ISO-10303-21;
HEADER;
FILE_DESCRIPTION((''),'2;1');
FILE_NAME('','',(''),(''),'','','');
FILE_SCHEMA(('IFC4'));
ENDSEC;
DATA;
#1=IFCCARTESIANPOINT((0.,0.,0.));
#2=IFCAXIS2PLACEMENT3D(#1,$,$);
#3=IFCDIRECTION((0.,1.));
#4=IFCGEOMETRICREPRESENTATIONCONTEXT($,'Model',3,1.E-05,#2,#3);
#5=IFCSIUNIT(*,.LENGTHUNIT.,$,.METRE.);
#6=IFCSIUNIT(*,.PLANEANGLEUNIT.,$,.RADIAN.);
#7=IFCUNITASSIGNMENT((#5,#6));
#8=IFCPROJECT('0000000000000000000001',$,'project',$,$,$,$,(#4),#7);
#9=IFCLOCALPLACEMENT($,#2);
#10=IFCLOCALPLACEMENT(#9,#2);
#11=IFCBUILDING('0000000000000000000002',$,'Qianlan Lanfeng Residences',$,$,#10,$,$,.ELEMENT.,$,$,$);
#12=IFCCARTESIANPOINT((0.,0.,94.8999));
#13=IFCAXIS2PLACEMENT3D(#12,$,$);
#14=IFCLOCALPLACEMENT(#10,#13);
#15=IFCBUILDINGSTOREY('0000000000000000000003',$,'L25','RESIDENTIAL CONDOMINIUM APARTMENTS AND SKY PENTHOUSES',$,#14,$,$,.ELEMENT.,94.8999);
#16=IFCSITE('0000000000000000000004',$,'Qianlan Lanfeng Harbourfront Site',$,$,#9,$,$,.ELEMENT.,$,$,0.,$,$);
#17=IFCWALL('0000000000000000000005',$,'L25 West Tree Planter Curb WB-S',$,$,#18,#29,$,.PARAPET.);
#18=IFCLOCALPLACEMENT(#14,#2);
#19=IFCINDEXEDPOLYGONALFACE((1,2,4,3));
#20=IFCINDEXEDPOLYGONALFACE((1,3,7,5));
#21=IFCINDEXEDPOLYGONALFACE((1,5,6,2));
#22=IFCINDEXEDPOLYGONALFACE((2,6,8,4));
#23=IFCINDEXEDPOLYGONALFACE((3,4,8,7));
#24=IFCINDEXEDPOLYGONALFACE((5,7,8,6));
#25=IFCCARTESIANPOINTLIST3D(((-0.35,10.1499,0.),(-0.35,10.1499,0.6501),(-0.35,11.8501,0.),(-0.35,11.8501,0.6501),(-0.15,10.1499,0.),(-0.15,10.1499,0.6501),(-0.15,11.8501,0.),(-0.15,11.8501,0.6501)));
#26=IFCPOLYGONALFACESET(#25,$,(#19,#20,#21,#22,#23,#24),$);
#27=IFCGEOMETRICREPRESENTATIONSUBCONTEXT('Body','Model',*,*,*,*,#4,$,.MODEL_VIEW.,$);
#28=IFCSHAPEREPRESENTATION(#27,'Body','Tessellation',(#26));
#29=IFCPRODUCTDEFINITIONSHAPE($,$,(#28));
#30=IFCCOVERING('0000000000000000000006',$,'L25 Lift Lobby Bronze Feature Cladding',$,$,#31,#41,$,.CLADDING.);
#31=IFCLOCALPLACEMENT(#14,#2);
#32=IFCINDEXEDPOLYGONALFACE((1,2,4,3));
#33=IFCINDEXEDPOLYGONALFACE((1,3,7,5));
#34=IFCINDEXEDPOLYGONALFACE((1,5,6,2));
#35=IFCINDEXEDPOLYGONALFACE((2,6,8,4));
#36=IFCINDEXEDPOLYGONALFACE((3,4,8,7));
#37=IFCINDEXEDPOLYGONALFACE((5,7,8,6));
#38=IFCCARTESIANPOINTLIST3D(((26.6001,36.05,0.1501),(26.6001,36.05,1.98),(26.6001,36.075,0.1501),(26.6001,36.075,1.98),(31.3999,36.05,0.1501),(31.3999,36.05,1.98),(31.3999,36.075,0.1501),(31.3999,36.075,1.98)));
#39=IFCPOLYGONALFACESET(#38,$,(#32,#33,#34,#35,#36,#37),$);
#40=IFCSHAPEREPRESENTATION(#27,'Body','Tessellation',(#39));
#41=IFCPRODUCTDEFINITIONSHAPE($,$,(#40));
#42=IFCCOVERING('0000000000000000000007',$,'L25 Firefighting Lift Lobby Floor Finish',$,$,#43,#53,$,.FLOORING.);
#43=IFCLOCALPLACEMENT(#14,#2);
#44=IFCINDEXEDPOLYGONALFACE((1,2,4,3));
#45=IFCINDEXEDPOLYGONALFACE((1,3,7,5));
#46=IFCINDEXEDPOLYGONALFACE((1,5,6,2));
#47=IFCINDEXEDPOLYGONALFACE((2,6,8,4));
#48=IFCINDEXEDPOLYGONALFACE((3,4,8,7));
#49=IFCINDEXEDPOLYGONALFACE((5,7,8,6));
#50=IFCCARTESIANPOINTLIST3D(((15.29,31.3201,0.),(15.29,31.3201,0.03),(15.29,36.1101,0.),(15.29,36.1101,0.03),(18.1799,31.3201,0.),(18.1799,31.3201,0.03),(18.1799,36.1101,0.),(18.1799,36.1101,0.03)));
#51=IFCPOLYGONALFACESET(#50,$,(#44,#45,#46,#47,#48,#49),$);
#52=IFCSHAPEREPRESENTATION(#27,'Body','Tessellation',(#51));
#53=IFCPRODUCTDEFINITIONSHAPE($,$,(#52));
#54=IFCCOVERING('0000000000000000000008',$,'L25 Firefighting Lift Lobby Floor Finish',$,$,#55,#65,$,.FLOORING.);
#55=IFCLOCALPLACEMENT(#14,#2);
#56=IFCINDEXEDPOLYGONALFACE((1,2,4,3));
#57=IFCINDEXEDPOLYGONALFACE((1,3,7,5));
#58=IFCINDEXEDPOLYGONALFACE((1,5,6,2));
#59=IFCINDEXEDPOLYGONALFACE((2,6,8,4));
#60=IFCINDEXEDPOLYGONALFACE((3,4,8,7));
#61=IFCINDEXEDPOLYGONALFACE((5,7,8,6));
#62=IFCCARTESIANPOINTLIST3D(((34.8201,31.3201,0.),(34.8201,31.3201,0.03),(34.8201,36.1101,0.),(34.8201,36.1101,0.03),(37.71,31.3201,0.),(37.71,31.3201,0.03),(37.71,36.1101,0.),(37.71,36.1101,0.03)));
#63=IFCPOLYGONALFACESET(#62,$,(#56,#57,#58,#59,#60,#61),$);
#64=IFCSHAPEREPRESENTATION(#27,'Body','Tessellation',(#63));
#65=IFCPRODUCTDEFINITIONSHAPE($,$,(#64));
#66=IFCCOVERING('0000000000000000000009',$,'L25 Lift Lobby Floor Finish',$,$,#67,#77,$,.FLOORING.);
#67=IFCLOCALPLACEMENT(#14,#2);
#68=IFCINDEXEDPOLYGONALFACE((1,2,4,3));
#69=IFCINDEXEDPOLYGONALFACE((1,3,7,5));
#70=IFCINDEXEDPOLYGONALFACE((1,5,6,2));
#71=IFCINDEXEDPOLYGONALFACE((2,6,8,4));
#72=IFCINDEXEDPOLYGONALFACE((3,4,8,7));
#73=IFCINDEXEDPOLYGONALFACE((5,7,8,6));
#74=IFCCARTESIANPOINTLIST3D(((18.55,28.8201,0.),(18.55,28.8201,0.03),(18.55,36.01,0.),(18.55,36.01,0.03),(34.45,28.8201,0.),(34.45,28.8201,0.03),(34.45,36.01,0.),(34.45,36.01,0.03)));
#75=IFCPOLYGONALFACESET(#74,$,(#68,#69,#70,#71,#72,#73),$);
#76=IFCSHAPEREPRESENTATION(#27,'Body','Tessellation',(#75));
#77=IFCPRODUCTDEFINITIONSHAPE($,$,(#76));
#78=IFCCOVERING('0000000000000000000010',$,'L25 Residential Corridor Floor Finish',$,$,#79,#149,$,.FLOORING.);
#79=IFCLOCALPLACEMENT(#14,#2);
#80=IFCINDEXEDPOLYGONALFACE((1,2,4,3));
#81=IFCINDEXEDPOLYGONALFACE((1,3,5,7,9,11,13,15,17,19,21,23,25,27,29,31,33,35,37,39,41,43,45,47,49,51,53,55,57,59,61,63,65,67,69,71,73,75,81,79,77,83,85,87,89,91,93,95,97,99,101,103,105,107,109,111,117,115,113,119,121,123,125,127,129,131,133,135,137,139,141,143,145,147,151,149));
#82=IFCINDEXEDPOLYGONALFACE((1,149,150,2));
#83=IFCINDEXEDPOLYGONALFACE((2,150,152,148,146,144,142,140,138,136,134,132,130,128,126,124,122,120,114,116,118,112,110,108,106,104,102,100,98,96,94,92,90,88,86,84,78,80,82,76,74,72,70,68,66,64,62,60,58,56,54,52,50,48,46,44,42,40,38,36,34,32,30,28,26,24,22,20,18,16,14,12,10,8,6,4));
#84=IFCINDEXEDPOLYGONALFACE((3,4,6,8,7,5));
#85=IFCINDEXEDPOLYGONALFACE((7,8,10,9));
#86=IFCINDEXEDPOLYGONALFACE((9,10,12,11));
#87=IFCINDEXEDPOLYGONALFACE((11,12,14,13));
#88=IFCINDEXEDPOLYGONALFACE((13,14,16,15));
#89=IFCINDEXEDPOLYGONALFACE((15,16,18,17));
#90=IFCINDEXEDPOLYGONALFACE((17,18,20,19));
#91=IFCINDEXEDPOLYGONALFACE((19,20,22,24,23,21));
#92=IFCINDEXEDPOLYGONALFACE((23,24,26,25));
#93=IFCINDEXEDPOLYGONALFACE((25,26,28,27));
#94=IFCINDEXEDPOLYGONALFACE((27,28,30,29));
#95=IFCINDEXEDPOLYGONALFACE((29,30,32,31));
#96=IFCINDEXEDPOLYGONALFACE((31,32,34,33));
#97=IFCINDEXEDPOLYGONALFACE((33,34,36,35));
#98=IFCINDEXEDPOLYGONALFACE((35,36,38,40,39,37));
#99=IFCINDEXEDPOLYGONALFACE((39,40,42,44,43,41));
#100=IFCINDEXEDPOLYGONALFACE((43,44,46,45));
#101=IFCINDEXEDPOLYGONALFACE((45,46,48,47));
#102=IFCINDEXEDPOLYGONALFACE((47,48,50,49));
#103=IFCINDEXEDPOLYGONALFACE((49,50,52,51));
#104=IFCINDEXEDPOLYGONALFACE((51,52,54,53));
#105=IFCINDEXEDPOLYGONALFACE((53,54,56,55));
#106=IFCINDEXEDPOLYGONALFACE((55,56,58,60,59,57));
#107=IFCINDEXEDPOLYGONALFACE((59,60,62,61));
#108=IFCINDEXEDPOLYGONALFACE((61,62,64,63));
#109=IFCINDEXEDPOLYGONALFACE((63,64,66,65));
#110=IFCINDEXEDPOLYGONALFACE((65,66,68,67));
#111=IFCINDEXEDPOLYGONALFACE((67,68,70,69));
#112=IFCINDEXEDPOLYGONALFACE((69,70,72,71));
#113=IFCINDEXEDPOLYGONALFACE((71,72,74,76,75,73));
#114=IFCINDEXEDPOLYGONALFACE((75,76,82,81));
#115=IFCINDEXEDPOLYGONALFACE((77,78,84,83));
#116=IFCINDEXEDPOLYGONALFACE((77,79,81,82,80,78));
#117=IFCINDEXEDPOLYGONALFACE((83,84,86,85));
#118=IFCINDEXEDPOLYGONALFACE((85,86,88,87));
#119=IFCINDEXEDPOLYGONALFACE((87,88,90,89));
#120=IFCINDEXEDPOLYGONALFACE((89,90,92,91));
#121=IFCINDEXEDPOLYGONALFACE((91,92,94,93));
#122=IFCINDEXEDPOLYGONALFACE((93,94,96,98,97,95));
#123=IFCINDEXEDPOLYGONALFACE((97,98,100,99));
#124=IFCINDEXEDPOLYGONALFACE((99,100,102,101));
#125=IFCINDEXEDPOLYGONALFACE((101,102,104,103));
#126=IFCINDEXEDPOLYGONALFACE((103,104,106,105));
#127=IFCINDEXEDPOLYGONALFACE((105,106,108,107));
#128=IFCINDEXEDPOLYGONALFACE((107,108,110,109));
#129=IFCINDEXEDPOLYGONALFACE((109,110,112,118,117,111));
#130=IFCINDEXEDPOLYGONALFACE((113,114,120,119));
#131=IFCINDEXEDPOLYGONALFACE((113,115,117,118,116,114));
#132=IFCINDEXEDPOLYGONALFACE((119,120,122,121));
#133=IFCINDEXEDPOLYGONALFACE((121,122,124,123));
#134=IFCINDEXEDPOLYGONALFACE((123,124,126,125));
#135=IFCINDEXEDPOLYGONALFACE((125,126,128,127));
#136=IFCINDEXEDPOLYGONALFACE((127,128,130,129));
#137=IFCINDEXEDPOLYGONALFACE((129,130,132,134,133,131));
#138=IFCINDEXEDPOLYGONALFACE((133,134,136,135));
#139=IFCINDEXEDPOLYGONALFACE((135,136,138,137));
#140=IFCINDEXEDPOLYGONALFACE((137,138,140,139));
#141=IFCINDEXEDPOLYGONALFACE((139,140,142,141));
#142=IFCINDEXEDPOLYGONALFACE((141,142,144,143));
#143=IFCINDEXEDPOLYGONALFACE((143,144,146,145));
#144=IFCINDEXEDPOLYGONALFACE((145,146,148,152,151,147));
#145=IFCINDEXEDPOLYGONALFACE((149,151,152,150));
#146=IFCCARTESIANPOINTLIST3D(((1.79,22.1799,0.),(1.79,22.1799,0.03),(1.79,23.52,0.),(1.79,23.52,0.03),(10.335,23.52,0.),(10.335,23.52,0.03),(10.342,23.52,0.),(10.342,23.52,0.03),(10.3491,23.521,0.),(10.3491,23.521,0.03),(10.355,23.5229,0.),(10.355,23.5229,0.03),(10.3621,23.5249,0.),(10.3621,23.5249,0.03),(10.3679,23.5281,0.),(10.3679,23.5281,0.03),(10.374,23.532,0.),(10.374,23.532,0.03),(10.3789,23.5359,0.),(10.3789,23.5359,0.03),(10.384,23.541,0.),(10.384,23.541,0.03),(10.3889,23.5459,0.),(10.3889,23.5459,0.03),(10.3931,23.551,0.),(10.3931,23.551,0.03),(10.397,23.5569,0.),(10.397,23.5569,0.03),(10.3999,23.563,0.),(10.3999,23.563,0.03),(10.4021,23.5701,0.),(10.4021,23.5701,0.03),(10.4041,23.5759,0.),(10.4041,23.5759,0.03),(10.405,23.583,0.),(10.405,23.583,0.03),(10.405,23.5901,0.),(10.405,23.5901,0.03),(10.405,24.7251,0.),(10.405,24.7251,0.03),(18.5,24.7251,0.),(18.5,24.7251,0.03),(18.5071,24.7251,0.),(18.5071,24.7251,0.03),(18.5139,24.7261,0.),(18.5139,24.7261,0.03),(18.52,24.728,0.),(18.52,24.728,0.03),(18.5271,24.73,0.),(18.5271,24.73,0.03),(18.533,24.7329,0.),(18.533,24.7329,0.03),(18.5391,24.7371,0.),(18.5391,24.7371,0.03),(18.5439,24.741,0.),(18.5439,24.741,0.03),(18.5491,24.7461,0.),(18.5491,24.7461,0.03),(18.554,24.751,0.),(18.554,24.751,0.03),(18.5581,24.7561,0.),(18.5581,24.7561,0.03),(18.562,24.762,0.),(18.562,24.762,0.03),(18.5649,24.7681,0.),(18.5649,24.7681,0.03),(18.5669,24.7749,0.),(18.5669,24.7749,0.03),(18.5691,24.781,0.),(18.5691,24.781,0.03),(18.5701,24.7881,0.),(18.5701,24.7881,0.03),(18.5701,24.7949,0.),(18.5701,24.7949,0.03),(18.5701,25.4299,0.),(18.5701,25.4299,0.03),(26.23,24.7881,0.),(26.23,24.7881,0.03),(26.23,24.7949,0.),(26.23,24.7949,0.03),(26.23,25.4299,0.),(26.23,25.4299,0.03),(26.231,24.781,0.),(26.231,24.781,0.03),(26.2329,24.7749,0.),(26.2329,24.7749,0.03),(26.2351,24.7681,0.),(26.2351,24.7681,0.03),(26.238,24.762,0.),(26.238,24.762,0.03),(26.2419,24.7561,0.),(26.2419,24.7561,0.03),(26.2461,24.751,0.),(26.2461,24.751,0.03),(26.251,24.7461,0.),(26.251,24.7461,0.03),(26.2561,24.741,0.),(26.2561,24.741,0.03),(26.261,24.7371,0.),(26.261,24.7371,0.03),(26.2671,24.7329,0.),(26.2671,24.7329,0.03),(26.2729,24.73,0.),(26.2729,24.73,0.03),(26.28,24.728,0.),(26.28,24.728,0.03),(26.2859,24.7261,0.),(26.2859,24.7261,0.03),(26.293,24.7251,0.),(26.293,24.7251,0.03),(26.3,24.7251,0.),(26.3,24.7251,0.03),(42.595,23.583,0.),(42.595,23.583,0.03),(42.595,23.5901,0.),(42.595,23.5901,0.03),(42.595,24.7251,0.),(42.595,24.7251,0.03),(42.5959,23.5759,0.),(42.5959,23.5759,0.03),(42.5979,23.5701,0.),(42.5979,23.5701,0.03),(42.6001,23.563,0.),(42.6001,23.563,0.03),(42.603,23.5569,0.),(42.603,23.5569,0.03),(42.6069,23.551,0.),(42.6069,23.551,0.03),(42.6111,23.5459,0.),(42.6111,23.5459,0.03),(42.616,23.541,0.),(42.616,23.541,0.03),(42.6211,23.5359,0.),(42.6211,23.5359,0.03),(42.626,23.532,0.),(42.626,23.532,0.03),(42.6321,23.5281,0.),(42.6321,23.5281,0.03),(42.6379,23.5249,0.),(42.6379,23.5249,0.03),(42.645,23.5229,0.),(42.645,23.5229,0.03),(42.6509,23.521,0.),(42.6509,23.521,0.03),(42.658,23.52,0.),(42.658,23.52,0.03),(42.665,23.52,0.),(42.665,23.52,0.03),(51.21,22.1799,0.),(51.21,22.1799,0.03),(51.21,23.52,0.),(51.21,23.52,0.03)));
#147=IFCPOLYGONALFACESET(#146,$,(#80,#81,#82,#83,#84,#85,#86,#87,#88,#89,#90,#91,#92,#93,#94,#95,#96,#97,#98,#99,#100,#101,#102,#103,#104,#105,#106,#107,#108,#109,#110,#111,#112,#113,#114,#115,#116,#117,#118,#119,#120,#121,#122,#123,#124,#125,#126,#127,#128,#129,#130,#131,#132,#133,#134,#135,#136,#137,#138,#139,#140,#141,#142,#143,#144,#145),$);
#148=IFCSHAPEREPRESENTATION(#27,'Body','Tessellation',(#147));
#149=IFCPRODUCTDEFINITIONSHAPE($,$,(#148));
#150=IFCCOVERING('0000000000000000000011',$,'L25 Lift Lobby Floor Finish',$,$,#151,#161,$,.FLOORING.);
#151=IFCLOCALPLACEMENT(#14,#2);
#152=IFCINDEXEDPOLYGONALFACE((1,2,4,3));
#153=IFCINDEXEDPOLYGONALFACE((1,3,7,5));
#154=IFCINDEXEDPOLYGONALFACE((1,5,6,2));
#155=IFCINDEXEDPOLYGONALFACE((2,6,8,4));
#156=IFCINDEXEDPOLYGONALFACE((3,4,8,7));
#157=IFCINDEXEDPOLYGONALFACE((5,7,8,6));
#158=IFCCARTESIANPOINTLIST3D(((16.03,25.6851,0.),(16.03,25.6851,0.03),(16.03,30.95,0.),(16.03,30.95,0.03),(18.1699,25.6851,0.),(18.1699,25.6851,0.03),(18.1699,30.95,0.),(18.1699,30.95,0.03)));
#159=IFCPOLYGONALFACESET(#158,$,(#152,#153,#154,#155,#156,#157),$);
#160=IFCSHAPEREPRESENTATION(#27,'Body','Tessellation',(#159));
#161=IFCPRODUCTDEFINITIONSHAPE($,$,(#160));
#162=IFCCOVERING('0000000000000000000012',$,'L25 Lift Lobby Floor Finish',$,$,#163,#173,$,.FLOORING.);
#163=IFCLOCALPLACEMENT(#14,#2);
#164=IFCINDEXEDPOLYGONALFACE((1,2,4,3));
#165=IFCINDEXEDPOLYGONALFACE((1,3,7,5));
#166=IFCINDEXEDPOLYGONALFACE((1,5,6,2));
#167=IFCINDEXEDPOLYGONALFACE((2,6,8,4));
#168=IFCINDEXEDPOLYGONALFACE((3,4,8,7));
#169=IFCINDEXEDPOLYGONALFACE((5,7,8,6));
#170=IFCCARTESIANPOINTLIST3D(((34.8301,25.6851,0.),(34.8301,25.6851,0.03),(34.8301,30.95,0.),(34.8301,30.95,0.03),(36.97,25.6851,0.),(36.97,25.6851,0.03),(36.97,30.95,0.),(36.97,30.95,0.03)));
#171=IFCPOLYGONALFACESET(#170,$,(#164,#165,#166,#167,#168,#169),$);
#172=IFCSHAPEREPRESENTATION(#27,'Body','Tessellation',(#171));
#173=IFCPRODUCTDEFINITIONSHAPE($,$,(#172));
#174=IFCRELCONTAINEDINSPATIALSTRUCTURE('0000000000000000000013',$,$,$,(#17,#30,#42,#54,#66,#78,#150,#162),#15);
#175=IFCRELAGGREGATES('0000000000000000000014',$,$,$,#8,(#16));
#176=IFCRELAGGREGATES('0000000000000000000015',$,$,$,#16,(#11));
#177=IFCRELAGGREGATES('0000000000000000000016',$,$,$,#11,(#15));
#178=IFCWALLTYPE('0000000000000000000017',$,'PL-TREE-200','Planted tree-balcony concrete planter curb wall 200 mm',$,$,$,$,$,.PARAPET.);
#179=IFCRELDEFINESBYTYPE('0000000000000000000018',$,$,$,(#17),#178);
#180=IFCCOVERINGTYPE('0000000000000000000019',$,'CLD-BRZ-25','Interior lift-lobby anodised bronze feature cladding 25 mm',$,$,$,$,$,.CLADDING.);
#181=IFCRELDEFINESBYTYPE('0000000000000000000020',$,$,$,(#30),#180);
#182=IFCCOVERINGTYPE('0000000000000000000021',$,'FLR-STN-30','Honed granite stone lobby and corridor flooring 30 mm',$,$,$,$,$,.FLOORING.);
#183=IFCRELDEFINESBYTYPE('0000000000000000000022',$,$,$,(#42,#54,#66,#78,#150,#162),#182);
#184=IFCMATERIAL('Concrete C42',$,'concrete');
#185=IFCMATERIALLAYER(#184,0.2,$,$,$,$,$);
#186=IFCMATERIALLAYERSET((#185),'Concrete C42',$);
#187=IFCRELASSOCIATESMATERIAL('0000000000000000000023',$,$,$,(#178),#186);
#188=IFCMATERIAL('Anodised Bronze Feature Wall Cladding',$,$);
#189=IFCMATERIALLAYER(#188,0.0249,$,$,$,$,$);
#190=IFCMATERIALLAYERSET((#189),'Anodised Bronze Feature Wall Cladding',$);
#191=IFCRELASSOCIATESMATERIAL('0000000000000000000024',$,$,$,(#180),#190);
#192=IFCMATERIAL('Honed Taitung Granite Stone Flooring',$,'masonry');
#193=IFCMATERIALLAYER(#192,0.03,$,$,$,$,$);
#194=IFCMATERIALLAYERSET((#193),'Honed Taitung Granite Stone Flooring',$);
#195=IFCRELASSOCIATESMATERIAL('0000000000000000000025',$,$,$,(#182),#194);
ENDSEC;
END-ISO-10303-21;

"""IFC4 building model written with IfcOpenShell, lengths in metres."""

from ifc_helpers import new_model, si_unit, direction, frame, frame_2d, origin, place, context, subcontext, project, spatial, polyline, rectangle, outline, extrude, material, layer, layer_set, type_object, element, save


model = new_model("IFC4")

# Units and contexts
model_context = context("Model", 3, precision=1e-05, world=origin(), true_north=direction((0.0, 1.0)))
body_context = subcontext(model_context, "Body", "Model", "MODEL_VIEW")
ifc_project = project(units=[si_unit("LENGTHUNIT", "METRE"), si_unit("PLANEANGLEUNIT", "RADIAN")], contexts=[model_context])

# Site, building, storey
site_placement = place(None, origin())
site = spatial("IfcSite", under=ifc_project, at=site_placement, Name="Qianlan Lanfeng Harbourfront Site", CompositionType="ELEMENT", RefElevation=0.0)
building_placement = place(site_placement, origin())
building = spatial("IfcBuilding", under=site, at=building_placement, Name="Qianlan Lanfeng Residences", CompositionType="ELEMENT")
storey_placement = place(building_placement, frame((0.0, 0.0, 94.8999)))
storey = spatial("IfcBuildingStorey", under=building, at=storey_placement, Name="L25", Description="RESIDENTIAL CONDOMINIUM APARTMENTS AND SKY PENTHOUSES", CompositionType="ELEMENT", Elevation=94.8999)

# Shared definitions
ifc_material_1 = material(Name="Concrete C42", Category="concrete")

# Wall
ifc_layer_1 = layer(ifc_material_1, 0.2)
ifc_layer_set_1 = layer_set([ifc_layer_1], Name="Concrete C42")
wall_type_1 = type_object("IfcWallType", Name="PL-TREE-200", Description="Planted tree-balcony concrete planter curb wall 200 mm", PredefinedType="PARAPET", material=ifc_layer_set_1)
wall_1_placement = place(storey_placement, frame((-0.25, 10.1499, 0.0), z_axis=(0.0, 0.0, 1.0), x_axis=(0.0, 1.0, 0.0)))
element("IfcWall", 1, at=wall_1_placement, inside=storey, type_object=wall_type_1, Name="L25 West Tree Planter Curb WB-S", PredefinedType="PARAPET", context=body_context, shape_type="SweptSolid", body=[
    extrude(rectangle(XDim=1.7002, YDim=0.2, at=frame_2d((0.8501, 0.0))), origin(), (0.0, 0.0, 1.0), 0.6501),
])

# Coverings
ifc_material_2 = material(Name="Anodised Bronze Feature Wall Cladding")
ifc_layer_2 = layer(ifc_material_2, 0.0249)
ifc_layer_set_2 = layer_set([ifc_layer_2], Name="Anodised Bronze Feature Wall Cladding")
covering_type_1 = type_object("IfcCoveringType", Name="CLD-BRZ-25", Description="Interior lift-lobby anodised bronze feature cladding 25 mm", PredefinedType="CLADDING", material=ifc_layer_set_2)
covering_1_placement = place(storey_placement, frame((0.0, 0.0, 0.1501)))
element("IfcCovering", 2, at=covering_1_placement, inside=storey, type_object=covering_type_1, Name="L25 Lift Lobby Bronze Feature Cladding", PredefinedType="CLADDING", context=body_context, shape_type="SweptSolid", body=[
    extrude(outline(polyline([(26.6001, 36.05), (31.3999, 36.05), (31.3999, 36.075), (26.6001, 36.075), (26.6001, 36.05)])), origin(), (0.0, 0.0, 1.0), 1.8298),
])
ifc_material_3 = material(Name="Honed Taitung Granite Stone Flooring", Category="masonry")
ifc_layer_3 = layer(ifc_material_3, 0.03)
ifc_layer_set_3 = layer_set([ifc_layer_3], Name="Honed Taitung Granite Stone Flooring")
covering_type_2 = type_object("IfcCoveringType", Name="FLR-STN-30", Description="Honed granite stone lobby and corridor flooring 30 mm", PredefinedType="FLOORING", material=ifc_layer_set_3)
covering_2_placement = place(storey_placement, origin())
element("IfcCovering", 3, at=covering_2_placement, inside=storey, type_object=covering_type_2, Name="L25 Firefighting Lift Lobby Floor Finish", PredefinedType="FLOORING", context=body_context, shape_type="SweptSolid", body=[
    extrude(outline(polyline([(15.29, 31.3201), (18.1799, 31.3201), (18.1799, 36.1101), (15.29, 36.1101), (15.29, 31.3201)])), origin(), (0.0, 0.0, 1.0), 0.03),
])
covering_3_placement = place(storey_placement, origin())
element("IfcCovering", 4, at=covering_3_placement, inside=storey, type_object=covering_type_2, Name="L25 Firefighting Lift Lobby Floor Finish", PredefinedType="FLOORING", context=body_context, shape_type="SweptSolid", body=[
    extrude(outline(polyline([(34.8201, 31.3201), (37.71, 31.3201), (37.71, 36.1101), (34.8201, 36.1101), (34.8201, 31.3201)])), origin(), (0.0, 0.0, 1.0), 0.03),
])
covering_4_placement = place(storey_placement, origin())
element("IfcCovering", 5, at=covering_4_placement, inside=storey, type_object=covering_type_2, Name="L25 Lift Lobby Floor Finish", PredefinedType="FLOORING", context=body_context, shape_type="SweptSolid", body=[
    extrude(outline(polyline([(18.55, 28.8201), (34.45, 28.8201), (34.45, 36.01), (18.55, 36.01), (18.55, 28.8201)])), origin(), (0.0, 0.0, 1.0), 0.03),
])
covering_5_placement = place(storey_placement, origin())
element("IfcCovering", 6, at=covering_5_placement, inside=storey, type_object=covering_type_2, Name="L25 Residential Corridor Floor Finish", PredefinedType="FLOORING", context=body_context, shape_type="SweptSolid", body=[
    extrude(outline(polyline([(1.79, 22.1799), (51.21, 22.1799), (51.21, 23.52), (42.665, 23.52), (42.658, 23.52), (42.6509, 23.521), (42.645, 23.5229), (42.6379, 23.5249), (42.6321, 23.5281), (42.626, 23.532), (42.6211, 23.5359), (42.616, 23.541), (42.6111, 23.5459), (42.6069, 23.551), (42.603, 23.5569), (42.6001, 23.563), (42.5979, 23.5701), (42.5959, 23.5759), (42.595, 23.583), (42.595, 23.5901), (42.595, 24.7251), (26.3, 24.7251), (26.293, 24.7251), (26.2859, 24.7261), (26.28, 24.728), (26.2729, 24.73), (26.2671, 24.7329), (26.261, 24.7371), (26.2561, 24.741), (26.251, 24.7461), (26.2461, 24.751), (26.2419, 24.7561), (26.238, 24.762), (26.2351, 24.7681), (26.2329, 24.7749), (26.231, 24.781), (26.23, 24.7881), (26.23, 24.7949), (26.23, 25.4299), (18.5701, 25.4299), (18.5701, 24.7949), (18.5701, 24.7881), (18.5691, 24.781), (18.5669, 24.7749), (18.5649, 24.7681), (18.562, 24.762), (18.5581, 24.7561), (18.554, 24.751), (18.5491, 24.7461), (18.5439, 24.741), (18.5391, 24.7371), (18.533, 24.7329), (18.5271, 24.73), (18.52, 24.728), (18.5139, 24.7261), (18.5071, 24.7251), (18.5, 24.7251), (10.405, 24.7251), (10.405, 23.5901), (10.405, 23.583), (10.4041, 23.5759), (10.4021, 23.5701), (10.3999, 23.563), (10.397, 23.5569), (10.3931, 23.551), (10.3889, 23.5459), (10.384, 23.541), (10.3789, 23.5359), (10.374, 23.532), (10.3679, 23.5281), (10.3621, 23.5249), (10.355, 23.5229), (10.3491, 23.521), (10.342, 23.52), (10.335, 23.52), (1.79, 23.52), (1.79, 22.1799)])), origin(), (0.0, 0.0, 1.0), 0.03),
])
covering_6_placement = place(storey_placement, origin())
element("IfcCovering", 7, at=covering_6_placement, inside=storey, type_object=covering_type_2, Name="L25 Lift Lobby Floor Finish", PredefinedType="FLOORING", context=body_context, shape_type="SweptSolid", body=[
    extrude(outline(polyline([(16.03, 25.6851), (18.1699, 25.6851), (18.1699, 30.95), (16.03, 30.95), (16.03, 25.6851)])), origin(), (0.0, 0.0, 1.0), 0.03),
])
covering_7_placement = place(storey_placement, origin())
element("IfcCovering", 8, at=covering_7_placement, inside=storey, type_object=covering_type_2, Name="L25 Lift Lobby Floor Finish", PredefinedType="FLOORING", context=body_context, shape_type="SweptSolid", body=[
    extrude(outline(polyline([(34.8301, 25.6851), (36.97, 25.6851), (36.97, 30.95), (34.8301, 30.95), (34.8301, 25.6851)])), origin(), (0.0, 0.0, 1.0), 0.03),
])

save(model, "model.ifc")
